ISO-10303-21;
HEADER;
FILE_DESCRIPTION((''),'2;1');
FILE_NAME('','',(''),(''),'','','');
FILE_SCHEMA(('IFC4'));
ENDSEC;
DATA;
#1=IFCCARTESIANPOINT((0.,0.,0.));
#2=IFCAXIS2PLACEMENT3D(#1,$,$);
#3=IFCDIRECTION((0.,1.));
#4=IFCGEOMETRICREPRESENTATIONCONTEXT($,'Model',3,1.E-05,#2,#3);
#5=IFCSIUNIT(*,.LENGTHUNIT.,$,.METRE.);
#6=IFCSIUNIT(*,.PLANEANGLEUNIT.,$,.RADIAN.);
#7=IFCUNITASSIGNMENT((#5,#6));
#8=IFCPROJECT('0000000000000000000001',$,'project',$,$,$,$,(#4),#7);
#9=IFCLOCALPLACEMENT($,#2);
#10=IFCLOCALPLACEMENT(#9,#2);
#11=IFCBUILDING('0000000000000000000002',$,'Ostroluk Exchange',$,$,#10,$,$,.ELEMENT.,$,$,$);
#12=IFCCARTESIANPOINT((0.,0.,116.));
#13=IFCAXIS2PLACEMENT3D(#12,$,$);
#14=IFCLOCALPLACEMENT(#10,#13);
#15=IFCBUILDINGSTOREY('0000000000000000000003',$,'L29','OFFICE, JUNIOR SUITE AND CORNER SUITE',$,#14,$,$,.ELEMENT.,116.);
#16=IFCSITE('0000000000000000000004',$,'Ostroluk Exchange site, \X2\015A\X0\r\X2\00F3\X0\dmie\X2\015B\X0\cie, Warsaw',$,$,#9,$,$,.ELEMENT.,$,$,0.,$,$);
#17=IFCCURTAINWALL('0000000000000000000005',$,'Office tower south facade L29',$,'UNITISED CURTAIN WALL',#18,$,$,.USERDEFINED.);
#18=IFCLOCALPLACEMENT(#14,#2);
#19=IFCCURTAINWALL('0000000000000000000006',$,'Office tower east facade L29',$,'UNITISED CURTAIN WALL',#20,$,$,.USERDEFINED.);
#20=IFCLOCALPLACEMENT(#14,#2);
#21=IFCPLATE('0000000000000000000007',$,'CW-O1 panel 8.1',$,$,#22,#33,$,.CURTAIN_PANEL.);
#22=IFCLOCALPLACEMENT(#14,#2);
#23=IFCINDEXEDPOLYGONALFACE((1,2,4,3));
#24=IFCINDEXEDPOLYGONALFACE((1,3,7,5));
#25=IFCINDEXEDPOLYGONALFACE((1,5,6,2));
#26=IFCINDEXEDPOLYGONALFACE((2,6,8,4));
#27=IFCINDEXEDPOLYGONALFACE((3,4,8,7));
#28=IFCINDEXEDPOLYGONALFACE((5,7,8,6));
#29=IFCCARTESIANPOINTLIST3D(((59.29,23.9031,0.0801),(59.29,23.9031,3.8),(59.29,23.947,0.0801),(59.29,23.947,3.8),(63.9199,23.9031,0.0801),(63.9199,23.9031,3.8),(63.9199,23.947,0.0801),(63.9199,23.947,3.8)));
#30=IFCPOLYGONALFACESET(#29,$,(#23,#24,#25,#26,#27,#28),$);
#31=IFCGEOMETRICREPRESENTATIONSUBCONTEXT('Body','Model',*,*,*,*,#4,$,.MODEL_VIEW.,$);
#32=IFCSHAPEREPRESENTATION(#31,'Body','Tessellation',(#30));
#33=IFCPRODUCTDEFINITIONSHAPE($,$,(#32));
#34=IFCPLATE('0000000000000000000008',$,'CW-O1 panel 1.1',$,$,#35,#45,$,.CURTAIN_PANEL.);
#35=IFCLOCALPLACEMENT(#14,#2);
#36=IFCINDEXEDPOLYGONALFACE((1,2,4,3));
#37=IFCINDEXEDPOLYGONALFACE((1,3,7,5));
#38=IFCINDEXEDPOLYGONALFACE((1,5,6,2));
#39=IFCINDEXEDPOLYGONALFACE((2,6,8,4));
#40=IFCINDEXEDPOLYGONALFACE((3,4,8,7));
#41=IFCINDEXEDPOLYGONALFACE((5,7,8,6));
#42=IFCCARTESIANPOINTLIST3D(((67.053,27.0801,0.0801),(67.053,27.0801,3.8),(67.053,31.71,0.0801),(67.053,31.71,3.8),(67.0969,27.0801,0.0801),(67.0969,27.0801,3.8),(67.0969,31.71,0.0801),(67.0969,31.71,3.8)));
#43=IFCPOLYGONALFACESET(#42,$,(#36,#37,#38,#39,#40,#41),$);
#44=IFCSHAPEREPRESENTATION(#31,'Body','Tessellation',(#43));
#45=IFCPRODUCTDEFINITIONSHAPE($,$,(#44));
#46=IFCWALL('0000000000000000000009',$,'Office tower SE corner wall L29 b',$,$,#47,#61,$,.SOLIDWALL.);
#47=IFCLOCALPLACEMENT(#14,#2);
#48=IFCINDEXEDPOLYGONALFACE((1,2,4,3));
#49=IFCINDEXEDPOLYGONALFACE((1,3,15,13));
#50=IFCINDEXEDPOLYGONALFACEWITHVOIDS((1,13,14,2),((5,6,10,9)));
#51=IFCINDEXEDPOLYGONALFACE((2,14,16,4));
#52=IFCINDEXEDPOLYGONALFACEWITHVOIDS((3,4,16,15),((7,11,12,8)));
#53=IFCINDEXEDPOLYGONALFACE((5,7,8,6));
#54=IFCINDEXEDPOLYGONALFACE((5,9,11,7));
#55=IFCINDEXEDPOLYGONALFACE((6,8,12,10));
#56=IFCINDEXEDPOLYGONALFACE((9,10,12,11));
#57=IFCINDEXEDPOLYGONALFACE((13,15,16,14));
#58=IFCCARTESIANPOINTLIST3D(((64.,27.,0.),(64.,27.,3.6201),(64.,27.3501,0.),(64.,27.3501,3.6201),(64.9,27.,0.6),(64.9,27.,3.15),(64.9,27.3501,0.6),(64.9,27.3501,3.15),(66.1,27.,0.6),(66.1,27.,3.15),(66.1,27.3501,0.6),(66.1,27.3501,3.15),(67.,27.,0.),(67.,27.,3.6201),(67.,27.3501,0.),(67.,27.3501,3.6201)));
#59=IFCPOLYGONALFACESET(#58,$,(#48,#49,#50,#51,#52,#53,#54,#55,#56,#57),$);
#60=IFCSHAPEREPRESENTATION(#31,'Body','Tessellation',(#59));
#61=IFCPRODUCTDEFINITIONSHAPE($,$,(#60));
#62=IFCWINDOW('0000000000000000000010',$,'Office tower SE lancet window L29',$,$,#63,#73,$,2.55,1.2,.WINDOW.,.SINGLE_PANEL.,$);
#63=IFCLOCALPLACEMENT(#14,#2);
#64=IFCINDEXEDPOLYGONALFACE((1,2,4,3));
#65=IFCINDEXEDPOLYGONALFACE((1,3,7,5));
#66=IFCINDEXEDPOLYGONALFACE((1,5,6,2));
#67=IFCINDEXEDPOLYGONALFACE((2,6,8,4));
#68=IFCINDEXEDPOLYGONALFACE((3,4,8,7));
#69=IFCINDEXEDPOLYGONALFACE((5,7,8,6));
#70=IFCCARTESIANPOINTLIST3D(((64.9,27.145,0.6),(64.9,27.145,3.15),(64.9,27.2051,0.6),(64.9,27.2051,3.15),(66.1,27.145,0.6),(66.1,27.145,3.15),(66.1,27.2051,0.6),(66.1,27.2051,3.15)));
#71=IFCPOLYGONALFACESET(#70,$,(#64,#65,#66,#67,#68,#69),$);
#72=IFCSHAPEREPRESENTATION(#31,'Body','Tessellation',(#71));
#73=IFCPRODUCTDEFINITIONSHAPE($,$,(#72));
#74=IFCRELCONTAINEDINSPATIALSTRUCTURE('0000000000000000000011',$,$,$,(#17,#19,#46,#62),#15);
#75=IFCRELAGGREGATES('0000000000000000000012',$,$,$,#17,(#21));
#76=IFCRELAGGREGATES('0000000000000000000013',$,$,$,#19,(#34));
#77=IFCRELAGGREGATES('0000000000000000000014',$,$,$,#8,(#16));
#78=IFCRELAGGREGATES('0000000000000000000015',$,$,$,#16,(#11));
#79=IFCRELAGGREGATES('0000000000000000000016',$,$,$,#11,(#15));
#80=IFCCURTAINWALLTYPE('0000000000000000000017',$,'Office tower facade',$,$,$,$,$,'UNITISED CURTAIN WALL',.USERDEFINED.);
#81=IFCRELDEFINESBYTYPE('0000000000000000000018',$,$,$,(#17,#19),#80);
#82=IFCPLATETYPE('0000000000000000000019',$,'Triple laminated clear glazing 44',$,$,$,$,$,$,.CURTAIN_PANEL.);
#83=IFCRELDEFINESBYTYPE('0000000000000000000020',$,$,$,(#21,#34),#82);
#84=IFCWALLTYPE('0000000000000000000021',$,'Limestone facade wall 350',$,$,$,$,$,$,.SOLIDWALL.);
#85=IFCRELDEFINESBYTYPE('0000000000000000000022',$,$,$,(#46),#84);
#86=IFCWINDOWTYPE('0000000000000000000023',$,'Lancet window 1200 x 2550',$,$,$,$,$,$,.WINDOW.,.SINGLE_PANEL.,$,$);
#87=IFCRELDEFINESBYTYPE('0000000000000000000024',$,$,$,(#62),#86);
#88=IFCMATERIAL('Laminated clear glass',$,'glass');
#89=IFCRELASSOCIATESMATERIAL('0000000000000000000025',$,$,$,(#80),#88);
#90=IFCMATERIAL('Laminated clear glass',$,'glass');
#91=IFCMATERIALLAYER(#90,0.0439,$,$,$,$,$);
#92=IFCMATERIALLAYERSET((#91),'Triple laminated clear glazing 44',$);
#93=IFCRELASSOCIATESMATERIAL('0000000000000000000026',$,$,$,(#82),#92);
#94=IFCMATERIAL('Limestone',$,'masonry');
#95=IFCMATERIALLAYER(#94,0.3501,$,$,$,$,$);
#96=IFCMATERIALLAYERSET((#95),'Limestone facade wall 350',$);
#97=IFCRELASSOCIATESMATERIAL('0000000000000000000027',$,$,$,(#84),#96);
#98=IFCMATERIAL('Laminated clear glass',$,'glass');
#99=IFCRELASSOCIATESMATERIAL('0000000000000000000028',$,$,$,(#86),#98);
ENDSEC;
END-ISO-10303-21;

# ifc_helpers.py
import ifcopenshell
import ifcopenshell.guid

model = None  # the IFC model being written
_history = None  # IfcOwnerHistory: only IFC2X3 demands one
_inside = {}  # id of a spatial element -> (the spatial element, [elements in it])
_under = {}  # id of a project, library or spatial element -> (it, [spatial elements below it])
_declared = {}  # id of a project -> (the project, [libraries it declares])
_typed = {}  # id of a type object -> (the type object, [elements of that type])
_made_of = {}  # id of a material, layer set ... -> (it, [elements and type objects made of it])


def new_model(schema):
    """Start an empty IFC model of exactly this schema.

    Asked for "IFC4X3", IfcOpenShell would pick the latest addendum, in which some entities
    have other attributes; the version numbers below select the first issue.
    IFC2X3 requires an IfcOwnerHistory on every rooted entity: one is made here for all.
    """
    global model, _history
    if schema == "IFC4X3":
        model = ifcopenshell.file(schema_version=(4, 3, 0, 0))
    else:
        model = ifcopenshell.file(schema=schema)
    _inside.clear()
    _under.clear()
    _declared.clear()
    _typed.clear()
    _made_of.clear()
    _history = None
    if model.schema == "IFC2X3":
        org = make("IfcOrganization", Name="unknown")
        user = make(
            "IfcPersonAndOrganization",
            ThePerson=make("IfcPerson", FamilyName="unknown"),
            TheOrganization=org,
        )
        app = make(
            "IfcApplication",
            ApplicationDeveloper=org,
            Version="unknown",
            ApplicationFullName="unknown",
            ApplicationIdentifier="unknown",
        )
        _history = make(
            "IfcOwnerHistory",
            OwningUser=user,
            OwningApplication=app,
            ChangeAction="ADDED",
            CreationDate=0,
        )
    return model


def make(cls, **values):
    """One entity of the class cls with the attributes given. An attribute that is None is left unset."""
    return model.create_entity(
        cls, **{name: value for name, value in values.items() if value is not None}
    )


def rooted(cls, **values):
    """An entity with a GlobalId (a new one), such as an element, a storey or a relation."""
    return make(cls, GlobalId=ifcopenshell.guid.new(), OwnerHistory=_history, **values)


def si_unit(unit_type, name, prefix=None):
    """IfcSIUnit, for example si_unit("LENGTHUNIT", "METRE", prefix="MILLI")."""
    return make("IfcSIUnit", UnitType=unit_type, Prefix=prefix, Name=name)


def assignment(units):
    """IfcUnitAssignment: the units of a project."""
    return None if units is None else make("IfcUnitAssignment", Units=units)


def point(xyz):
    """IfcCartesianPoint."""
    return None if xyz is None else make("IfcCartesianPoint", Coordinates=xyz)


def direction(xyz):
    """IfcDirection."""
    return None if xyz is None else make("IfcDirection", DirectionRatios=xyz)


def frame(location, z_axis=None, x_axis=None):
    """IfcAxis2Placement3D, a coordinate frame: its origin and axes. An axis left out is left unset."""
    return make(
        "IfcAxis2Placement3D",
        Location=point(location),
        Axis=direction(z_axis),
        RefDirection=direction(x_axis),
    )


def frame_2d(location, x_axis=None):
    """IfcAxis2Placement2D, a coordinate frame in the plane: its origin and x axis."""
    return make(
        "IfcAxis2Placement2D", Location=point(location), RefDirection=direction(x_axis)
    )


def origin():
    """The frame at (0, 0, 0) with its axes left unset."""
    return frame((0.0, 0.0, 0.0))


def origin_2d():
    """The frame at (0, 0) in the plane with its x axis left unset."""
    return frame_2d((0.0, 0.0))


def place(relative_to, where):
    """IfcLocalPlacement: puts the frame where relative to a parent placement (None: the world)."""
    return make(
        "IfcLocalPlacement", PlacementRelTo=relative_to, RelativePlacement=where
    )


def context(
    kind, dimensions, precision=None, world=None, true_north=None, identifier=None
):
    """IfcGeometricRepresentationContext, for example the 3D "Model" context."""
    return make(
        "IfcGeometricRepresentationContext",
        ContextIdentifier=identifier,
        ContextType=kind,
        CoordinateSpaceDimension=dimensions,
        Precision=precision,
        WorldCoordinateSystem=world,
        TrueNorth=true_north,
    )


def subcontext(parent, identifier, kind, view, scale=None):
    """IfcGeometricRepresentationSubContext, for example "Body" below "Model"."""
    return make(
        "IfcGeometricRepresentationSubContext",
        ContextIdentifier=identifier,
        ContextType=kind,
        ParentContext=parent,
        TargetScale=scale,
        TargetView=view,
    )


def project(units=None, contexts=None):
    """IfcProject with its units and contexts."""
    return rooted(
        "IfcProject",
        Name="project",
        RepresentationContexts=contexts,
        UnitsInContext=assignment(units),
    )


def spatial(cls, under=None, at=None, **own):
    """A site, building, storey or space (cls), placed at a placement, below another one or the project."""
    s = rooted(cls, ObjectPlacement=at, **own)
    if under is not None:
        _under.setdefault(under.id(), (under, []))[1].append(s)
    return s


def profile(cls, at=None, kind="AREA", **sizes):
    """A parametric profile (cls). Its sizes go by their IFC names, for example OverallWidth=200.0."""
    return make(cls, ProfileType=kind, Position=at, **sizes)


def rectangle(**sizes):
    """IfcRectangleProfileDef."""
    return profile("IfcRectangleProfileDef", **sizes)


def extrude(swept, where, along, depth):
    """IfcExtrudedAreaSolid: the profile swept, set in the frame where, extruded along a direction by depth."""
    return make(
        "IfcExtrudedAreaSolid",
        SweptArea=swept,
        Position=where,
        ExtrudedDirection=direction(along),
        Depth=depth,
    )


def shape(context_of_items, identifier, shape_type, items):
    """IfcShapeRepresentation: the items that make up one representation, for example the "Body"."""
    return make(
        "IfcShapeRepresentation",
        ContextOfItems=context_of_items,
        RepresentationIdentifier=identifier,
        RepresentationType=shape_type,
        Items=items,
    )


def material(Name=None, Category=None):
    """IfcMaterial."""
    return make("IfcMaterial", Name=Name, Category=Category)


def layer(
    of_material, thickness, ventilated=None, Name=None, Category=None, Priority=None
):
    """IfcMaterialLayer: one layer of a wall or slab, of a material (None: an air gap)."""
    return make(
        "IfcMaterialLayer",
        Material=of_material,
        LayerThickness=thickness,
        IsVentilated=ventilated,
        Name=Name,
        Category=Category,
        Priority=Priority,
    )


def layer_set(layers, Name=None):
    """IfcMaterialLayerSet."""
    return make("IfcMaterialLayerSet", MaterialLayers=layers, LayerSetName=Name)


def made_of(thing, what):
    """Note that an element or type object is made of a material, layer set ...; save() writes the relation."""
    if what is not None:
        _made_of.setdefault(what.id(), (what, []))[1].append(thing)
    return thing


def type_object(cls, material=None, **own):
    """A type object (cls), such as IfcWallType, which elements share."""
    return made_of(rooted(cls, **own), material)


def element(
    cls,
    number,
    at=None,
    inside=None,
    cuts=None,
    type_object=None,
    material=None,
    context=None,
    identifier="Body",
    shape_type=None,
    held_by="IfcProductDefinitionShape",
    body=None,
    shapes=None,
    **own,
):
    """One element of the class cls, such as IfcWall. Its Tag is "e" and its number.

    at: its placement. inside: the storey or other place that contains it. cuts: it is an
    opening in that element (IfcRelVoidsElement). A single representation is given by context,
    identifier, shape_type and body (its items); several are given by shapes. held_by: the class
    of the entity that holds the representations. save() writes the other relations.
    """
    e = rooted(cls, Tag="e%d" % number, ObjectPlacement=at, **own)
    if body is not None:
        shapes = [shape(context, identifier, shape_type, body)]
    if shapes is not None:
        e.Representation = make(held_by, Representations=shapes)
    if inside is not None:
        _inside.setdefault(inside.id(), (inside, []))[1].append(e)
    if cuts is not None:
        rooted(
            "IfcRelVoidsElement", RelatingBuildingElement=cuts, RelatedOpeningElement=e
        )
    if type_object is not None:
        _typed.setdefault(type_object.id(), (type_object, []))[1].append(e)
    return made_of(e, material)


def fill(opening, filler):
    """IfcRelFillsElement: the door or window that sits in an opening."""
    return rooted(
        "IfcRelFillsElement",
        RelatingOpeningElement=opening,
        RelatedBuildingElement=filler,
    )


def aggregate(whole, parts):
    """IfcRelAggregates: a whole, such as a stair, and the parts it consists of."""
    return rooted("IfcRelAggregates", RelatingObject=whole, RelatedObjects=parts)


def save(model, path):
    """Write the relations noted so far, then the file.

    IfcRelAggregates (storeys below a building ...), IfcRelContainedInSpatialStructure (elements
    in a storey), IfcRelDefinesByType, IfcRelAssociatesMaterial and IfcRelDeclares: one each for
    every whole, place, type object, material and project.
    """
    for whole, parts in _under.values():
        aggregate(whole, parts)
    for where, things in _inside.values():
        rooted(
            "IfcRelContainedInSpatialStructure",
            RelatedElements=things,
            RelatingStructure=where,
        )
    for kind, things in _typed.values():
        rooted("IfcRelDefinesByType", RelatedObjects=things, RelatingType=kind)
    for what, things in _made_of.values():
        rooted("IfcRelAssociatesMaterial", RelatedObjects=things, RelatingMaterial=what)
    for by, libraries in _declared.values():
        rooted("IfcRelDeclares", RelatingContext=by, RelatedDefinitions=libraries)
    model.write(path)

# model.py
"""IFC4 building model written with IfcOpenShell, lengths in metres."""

from ifc_helpers import new_model, si_unit, direction, frame, frame_2d, origin, origin_2d, place, context, subcontext, project, spatial, rectangle, extrude, material, layer, layer_set, type_object, element, fill, aggregate, save


model = new_model("IFC4")

# Units and contexts
model_context = context("Model", 3, precision=1e-05, world=origin(), true_north=direction((0.0, 1.0)))
body_context = subcontext(model_context, "Body", "Model", "MODEL_VIEW")
ifc_project = project(units=[si_unit("LENGTHUNIT", "METRE"), si_unit("PLANEANGLEUNIT", "RADIAN")], contexts=[model_context])

# Site, building, storey
site_placement = place(None, origin())
site = spatial("IfcSite", under=ifc_project, at=site_placement, Name="Ostroluk Exchange site, Śródmieście, Warsaw", CompositionType="ELEMENT", RefElevation=0.0)
building_placement = place(site_placement, origin())
building = spatial("IfcBuilding", under=site, at=building_placement, Name="Ostroluk Exchange", CompositionType="ELEMENT")
storey_placement = place(building_placement, frame((0.0, 0.0, 116.0)))
storey = spatial("IfcBuildingStorey", under=building, at=storey_placement, Name="L29", Description="OFFICE, JUNIOR SUITE AND CORNER SUITE", CompositionType="ELEMENT", Elevation=116.0)

# Curtain walls
ifc_material_1 = material(Name="Laminated clear glass", Category="glass")
curtain_wall_type = type_object("IfcCurtainWallType", Name="Office tower facade", ElementType="UNITISED CURTAIN WALL", PredefinedType="USERDEFINED", material=ifc_material_1)
curtain_wall_1_placement = place(storey_placement, origin())
curtain_wall_1 = element("IfcCurtainWall", 1, at=curtain_wall_1_placement, inside=storey, type_object=curtain_wall_type, Name="Office tower south facade L29", ObjectType="UNITISED CURTAIN WALL", PredefinedType="USERDEFINED")
curtain_wall_2_placement = place(storey_placement, origin())
curtain_wall_2 = element("IfcCurtainWall", 2, at=curtain_wall_2_placement, inside=storey, type_object=curtain_wall_type, Name="Office tower east facade L29", ObjectType="UNITISED CURTAIN WALL", PredefinedType="USERDEFINED")

# Plates
ifc_material_2 = material(Name="Laminated clear glass", Category="glass")
ifc_layer_1 = layer(ifc_material_2, 0.0439)
ifc_layer_set_1 = layer_set([ifc_layer_1], Name="Triple laminated clear glazing 44")
plate_type_1 = type_object("IfcPlateType", Name="Triple laminated clear glazing 44", PredefinedType="CURTAIN_PANEL", material=ifc_layer_set_1)
plate_1_placement = place(storey_placement, frame((61.605, 23.925, 0.0801), z_axis=(0.0, 0.0, 1.0), x_axis=(1.0, 0.0, 0.0)))
plate_1 = element("IfcPlate", 3, at=plate_1_placement, type_object=plate_type_1, Name="CW-O1 panel 8.1", PredefinedType="CURTAIN_PANEL", context=body_context, shape_type="SweptSolid", body=[
    extrude(rectangle(XDim=4.6299, YDim=0.0439, at=origin_2d()), origin(), (0.0, 0.0, 1.0), 3.72),
])
aggregate(curtain_wall_1, [plate_1])
plate_2_placement = place(storey_placement, frame((67.075, 29.395, 0.0801), z_axis=(0.0, 0.0, 1.0), x_axis=(0.0, 1.0, 0.0)))
plate_2 = element("IfcPlate", 4, at=plate_2_placement, type_object=plate_type_1, Name="CW-O1 panel 1.1", PredefinedType="CURTAIN_PANEL", context=body_context, shape_type="SweptSolid", body=[
    extrude(rectangle(XDim=4.6299, YDim=0.0439, at=origin_2d()), origin(), (0.0, 0.0, 1.0), 3.72),
])
aggregate(curtain_wall_2, [plate_2])

# Shared definitions
ifc_material_3 = material(Name="Limestone", Category="masonry")
ifc_layer_2 = layer(ifc_material_3, 0.3501)
ifc_layer_set_2 = layer_set([ifc_layer_2], Name="Limestone facade wall 350")
wall_type = type_object("IfcWallType", Name="Limestone facade wall 350", PredefinedType="SOLIDWALL", material=ifc_layer_set_2)

# Wall, opening, window
wall_1_placement = place(storey_placement, frame((64.0, 27.175, 0.0), z_axis=(0.0, 0.0, 1.0), x_axis=(1.0, 0.0, 0.0)))
wall_1 = element("IfcWall", 5, at=wall_1_placement, inside=storey, type_object=wall_type, Name="Office tower SE corner wall L29 b", PredefinedType="SOLIDWALL", context=body_context, shape_type="SweptSolid", body=[
    extrude(rectangle(XDim=3.0, YDim=0.3501, at=frame_2d((1.5, 0.0))), origin(), (0.0, 0.0, 1.0), 3.6201),
])
opening_1_placement = place(wall_1_placement, frame((0.8999, 0.0, 0.6001)))
opening_1 = element("IfcOpeningElement", 6, at=opening_1_placement, cuts=wall_1, PredefinedType="OPENING", context=body_context, shape_type="SweptSolid", body=[
    extrude(rectangle(XDim=1.2, YDim=2.55, at=frame_2d((0.6001, 1.2749))), frame((0.0, 0.1851, 0.0), z_axis=(0.0, -1.0, 0.0), x_axis=(1.0, 0.0, 0.0)), (0.0, 0.0, 1.0), 0.3701),
])
ifc_material_4 = material(Name="Laminated clear glass", Category="glass")
window_type = type_object("IfcWindowType", Name="Lancet window 1200 x 2550", PartitioningType="SINGLE_PANEL", PredefinedType="WINDOW", material=ifc_material_4)
window_placement = place(opening_1_placement, origin())
window = element("IfcWindow", 7, at=window_placement, inside=storey, type_object=window_type, Name="Office tower SE lancet window L29", OverallHeight=2.55, OverallWidth=1.2, PartitioningType="SINGLE_PANEL", PredefinedType="WINDOW", context=body_context, shape_type="SweptSolid", body=[
    extrude(rectangle(XDim=1.2, YDim=2.55, at=frame_2d((0.6001, 1.2749))), frame((0.0, 0.03, 0.0), z_axis=(0.0, -1.0, 0.0), x_axis=(1.0, 0.0, 0.0)), (0.0, 0.0, 1.0), 0.0601),
])
fill(opening_1, window)

save(model, "model.ifc")
